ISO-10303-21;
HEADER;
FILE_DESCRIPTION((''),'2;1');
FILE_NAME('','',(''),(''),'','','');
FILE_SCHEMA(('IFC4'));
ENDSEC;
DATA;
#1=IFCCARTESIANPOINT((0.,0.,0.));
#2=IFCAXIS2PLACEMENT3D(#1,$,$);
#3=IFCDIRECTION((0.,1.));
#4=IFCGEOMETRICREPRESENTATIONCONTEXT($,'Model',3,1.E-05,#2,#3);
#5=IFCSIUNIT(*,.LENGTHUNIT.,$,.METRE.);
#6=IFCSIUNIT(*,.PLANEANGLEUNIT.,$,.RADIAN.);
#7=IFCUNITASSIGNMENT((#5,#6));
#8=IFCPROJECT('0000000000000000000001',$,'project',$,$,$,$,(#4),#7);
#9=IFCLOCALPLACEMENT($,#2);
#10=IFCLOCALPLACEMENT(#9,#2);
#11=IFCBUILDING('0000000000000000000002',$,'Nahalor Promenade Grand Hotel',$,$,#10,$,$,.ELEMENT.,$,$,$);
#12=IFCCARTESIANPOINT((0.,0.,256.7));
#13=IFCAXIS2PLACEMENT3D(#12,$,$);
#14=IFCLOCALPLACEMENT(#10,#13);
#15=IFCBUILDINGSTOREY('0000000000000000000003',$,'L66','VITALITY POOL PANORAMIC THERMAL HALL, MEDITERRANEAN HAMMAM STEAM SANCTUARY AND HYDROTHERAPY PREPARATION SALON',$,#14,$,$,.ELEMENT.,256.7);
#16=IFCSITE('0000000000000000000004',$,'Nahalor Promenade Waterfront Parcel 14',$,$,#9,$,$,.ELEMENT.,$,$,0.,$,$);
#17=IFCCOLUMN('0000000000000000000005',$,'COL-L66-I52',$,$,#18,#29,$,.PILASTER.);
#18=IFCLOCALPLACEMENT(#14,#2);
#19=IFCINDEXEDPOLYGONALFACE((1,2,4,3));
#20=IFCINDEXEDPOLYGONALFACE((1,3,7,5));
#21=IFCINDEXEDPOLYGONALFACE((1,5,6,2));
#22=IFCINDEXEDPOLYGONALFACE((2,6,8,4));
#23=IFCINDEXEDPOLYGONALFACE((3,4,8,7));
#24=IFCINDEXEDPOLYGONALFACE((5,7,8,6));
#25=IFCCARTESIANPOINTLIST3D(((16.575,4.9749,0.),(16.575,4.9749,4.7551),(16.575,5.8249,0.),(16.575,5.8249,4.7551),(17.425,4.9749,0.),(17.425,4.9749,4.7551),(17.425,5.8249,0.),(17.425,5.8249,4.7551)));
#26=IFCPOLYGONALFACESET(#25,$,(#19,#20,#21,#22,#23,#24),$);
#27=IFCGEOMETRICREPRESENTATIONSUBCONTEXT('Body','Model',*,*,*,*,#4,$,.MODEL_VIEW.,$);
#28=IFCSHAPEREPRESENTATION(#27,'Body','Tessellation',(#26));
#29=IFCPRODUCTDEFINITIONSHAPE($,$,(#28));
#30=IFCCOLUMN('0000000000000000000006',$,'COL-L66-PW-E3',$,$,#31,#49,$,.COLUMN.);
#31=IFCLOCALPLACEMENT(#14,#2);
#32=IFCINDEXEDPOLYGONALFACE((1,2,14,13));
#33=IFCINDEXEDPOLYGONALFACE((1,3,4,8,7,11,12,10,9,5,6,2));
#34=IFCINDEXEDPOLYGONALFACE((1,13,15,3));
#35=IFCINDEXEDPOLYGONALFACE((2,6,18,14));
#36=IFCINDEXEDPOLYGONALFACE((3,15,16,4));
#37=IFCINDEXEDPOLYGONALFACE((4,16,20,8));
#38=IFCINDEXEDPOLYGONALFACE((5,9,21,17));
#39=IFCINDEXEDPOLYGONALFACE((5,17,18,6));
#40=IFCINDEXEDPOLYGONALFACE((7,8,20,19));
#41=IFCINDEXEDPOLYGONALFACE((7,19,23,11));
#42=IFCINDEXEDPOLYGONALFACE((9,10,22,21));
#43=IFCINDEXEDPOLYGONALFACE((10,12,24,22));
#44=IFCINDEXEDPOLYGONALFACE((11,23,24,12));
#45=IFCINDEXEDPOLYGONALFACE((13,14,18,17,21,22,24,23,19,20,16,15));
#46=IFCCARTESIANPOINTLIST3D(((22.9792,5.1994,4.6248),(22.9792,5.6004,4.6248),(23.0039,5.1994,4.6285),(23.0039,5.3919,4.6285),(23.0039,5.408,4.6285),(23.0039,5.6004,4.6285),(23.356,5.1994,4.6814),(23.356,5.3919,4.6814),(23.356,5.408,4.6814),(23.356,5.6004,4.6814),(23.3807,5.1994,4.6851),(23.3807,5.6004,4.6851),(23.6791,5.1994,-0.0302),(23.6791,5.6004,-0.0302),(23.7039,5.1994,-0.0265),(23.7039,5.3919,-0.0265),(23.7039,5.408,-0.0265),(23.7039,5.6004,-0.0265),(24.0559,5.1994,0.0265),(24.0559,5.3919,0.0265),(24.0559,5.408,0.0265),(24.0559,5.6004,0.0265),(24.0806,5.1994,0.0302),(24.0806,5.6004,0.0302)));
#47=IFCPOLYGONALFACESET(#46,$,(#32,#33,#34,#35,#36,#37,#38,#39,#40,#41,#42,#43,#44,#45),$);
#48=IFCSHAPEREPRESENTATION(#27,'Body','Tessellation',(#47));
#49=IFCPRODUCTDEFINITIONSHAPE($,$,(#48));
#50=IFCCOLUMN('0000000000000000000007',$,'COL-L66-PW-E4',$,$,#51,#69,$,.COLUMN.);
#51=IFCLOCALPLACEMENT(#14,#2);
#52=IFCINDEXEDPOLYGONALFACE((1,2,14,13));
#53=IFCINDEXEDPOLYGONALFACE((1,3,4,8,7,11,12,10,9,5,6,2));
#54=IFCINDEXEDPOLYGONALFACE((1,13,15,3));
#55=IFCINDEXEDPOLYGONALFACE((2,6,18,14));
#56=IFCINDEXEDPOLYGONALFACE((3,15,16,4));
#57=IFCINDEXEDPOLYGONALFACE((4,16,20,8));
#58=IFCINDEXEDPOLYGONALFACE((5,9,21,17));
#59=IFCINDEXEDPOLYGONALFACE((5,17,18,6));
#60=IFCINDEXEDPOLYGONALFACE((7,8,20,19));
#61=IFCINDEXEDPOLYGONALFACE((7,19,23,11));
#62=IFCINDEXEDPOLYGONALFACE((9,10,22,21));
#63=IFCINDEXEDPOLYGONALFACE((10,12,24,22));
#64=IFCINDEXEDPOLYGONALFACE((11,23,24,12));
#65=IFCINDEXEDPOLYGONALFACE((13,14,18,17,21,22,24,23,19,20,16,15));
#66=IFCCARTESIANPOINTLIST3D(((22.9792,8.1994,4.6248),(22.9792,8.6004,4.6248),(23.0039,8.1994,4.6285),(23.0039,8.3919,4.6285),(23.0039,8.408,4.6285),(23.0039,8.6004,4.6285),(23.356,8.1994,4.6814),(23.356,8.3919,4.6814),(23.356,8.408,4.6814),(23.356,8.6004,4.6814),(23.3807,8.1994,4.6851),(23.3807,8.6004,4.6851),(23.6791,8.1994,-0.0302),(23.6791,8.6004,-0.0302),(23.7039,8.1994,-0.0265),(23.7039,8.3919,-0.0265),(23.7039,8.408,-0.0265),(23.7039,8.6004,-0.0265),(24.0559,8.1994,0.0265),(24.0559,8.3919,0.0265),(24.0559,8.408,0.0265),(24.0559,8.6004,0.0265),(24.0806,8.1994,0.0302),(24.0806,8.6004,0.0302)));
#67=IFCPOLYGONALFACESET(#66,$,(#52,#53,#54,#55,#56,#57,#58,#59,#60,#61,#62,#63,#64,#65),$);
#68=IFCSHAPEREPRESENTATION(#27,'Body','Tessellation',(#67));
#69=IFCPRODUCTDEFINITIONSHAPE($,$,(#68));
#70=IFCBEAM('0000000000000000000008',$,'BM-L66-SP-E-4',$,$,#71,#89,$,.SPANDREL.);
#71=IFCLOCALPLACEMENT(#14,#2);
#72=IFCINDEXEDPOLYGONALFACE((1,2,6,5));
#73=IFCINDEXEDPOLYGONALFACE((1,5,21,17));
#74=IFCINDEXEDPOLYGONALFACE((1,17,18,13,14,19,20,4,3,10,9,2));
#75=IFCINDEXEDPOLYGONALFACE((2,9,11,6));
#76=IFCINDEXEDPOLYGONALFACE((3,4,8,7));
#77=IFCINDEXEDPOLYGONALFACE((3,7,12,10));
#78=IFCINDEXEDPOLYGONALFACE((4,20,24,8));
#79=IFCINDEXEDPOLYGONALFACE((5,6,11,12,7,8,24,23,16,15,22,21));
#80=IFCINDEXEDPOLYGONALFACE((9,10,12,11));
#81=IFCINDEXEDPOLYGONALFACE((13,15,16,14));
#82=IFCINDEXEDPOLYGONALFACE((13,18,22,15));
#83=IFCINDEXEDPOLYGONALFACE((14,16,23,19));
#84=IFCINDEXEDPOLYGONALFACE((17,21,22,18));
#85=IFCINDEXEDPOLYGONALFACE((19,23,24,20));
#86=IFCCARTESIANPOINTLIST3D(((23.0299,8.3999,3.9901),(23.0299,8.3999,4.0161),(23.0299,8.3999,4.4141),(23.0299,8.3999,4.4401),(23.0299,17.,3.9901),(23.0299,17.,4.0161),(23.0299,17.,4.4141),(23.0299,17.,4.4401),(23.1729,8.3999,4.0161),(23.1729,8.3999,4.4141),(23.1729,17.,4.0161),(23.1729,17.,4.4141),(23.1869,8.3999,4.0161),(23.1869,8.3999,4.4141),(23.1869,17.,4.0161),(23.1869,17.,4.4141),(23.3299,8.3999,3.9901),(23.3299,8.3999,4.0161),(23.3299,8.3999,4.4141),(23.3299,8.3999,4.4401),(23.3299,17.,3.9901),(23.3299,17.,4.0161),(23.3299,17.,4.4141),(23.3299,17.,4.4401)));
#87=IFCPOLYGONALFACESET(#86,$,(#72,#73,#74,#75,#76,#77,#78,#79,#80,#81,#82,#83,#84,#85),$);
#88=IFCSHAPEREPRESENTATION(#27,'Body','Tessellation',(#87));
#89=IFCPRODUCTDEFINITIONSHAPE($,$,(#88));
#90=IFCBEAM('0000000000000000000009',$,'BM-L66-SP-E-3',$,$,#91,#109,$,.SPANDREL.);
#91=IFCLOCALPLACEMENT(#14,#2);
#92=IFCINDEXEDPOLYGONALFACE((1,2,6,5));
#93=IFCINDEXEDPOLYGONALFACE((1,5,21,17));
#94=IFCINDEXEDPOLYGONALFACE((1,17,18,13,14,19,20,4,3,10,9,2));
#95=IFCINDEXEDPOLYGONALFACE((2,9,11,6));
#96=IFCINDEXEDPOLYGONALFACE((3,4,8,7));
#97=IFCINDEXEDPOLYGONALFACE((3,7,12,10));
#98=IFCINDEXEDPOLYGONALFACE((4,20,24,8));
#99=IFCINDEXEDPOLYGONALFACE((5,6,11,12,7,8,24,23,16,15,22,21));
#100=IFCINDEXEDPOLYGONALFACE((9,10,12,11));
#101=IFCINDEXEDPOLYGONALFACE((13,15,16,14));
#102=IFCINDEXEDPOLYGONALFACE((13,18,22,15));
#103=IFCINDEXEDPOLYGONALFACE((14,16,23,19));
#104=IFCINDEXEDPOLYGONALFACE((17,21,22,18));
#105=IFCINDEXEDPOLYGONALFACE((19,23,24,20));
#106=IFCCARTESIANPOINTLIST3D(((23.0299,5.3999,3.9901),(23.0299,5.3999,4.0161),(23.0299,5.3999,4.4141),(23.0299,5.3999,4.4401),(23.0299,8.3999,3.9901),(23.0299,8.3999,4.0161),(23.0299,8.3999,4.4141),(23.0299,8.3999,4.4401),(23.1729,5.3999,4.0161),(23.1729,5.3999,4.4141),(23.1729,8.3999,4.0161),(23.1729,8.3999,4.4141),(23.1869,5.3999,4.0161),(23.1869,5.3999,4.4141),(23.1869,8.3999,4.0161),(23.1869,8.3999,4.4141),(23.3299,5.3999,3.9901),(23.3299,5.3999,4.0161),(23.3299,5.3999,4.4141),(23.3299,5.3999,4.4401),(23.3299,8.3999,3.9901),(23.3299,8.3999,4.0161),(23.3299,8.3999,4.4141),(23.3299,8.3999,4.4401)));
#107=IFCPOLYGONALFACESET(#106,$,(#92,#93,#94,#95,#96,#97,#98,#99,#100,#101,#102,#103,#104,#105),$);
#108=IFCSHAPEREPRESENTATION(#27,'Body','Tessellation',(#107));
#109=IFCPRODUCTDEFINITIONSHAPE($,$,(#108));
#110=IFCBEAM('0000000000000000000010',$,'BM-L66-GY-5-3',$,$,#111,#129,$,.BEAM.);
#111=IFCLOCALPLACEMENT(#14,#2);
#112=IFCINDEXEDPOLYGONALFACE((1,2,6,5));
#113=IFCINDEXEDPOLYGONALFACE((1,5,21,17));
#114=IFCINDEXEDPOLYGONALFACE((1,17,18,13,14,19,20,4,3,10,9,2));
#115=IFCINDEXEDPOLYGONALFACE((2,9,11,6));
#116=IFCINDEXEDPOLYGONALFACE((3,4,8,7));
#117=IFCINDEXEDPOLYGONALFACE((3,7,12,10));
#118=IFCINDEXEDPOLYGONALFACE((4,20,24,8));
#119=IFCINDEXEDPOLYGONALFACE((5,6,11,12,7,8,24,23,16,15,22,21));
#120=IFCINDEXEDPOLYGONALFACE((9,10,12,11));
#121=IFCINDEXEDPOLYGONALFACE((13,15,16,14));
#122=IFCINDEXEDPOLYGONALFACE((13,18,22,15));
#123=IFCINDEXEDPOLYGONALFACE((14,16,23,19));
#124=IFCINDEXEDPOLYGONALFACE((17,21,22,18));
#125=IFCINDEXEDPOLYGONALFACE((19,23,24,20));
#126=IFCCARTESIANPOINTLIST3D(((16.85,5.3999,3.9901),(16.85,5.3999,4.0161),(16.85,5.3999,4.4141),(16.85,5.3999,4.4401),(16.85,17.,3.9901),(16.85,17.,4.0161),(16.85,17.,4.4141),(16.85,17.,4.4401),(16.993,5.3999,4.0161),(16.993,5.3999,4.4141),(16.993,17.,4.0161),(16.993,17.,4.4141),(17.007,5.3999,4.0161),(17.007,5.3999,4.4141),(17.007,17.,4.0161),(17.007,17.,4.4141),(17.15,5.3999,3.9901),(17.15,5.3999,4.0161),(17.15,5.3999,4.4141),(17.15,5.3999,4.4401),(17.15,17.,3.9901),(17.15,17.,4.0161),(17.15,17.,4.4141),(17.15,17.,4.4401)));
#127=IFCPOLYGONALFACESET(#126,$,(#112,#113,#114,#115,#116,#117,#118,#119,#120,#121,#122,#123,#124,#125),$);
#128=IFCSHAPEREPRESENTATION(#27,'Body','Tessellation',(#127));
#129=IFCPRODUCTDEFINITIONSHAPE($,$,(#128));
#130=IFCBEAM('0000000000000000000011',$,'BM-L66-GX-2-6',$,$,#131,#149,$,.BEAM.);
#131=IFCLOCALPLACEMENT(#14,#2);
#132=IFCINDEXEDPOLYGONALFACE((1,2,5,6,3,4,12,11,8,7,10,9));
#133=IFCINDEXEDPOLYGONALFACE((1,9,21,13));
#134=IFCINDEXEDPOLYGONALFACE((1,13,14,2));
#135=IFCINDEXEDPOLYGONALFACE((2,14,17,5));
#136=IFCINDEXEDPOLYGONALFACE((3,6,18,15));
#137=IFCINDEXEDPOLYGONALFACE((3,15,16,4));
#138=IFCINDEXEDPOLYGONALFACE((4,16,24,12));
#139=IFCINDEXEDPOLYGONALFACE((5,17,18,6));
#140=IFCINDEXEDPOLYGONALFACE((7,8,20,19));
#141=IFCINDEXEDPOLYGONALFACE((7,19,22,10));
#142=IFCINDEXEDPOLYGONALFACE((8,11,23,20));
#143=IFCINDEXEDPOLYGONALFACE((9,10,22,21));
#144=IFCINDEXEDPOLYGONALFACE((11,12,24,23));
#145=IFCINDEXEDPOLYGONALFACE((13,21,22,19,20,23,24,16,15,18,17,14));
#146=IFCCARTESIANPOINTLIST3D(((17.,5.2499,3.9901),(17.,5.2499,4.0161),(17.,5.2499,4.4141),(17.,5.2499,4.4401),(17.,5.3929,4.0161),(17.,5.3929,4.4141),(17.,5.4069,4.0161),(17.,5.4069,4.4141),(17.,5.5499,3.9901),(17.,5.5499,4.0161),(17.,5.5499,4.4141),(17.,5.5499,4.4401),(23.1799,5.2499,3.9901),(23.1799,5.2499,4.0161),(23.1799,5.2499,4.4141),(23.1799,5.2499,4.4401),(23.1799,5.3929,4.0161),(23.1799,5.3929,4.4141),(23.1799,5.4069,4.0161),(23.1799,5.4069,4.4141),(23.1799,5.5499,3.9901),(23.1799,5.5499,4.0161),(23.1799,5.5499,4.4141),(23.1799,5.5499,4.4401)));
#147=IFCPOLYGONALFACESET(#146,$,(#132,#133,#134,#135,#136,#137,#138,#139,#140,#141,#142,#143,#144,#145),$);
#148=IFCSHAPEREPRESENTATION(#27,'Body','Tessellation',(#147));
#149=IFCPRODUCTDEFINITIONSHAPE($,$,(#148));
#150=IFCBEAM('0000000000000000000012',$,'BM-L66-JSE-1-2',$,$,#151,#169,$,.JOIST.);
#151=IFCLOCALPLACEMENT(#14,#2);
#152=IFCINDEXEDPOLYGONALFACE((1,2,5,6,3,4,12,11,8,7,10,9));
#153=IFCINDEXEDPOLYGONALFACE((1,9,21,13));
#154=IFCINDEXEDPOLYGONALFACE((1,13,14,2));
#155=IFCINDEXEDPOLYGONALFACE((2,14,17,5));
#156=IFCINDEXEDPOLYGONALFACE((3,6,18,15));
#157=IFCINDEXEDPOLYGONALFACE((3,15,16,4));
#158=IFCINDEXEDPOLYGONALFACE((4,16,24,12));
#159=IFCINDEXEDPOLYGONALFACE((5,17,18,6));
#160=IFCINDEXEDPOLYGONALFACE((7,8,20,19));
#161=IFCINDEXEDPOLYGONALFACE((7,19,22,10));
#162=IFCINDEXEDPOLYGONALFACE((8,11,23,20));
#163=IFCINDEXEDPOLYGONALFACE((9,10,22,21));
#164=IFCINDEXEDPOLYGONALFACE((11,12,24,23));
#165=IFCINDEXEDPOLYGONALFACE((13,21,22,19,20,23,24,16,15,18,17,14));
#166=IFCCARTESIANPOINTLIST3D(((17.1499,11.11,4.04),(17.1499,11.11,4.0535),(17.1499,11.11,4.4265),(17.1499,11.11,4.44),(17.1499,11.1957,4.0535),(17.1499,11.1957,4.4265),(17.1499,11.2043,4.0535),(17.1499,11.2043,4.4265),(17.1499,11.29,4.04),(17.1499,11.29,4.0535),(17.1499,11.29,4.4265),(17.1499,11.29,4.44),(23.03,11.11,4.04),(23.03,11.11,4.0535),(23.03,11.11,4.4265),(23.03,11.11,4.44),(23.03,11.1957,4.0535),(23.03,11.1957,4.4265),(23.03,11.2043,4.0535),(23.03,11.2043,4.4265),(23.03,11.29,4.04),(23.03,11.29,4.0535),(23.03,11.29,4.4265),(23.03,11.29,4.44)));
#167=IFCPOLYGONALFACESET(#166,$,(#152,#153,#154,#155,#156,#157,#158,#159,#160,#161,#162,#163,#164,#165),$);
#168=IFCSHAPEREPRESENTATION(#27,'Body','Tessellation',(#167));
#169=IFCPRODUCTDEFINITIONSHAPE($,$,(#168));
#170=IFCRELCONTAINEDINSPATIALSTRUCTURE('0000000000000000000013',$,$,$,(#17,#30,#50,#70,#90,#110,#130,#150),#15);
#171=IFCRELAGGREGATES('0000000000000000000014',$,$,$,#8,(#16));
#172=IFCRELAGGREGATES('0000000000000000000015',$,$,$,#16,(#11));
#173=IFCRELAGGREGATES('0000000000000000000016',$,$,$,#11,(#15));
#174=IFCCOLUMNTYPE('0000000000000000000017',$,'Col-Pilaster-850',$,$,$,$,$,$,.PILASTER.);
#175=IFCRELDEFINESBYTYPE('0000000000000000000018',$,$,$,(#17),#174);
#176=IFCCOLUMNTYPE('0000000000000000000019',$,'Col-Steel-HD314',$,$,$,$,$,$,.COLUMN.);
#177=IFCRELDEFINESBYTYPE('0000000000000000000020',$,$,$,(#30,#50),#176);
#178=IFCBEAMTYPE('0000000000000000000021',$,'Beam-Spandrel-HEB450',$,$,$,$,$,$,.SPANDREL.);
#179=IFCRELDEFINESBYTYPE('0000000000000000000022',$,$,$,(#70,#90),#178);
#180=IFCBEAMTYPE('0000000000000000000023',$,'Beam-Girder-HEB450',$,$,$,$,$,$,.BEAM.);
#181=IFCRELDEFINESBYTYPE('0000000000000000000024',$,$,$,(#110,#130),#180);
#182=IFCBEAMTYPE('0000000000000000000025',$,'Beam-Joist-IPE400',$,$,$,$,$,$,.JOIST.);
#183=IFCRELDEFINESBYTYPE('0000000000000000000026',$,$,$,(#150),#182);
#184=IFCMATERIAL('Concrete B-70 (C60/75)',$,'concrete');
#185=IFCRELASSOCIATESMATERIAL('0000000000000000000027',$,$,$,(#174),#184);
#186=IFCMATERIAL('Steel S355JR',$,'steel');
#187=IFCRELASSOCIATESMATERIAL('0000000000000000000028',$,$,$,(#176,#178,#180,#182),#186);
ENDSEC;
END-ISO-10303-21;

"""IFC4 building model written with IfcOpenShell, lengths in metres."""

from ifc_helpers import new_model, si_unit, direction, frame, origin, origin_2d, place, context, subcontext, project, spatial, rectangle, i_section, extrude, source, transform, mapped, material, material_profile, profile_set, type_object, element, save


model = new_model("IFC4")

# Units and contexts
model_context = context("Model", 3, precision=1e-05, world=origin(), true_north=direction((0.0, 1.0)))
body_context = subcontext(model_context, "Body", "Model", "MODEL_VIEW")
ifc_project = project(units=[si_unit("LENGTHUNIT", "METRE"), si_unit("PLANEANGLEUNIT", "RADIAN")], contexts=[model_context])

# Site, building, storey
site_placement = place(None, origin())
site = spatial("IfcSite", under=ifc_project, at=site_placement, Name="Nahalor Promenade Waterfront Parcel 14", CompositionType="ELEMENT", RefElevation=0.0)
building_placement = place(site_placement, origin())
building = spatial("IfcBuilding", under=site, at=building_placement, Name="Nahalor Promenade Grand Hotel", CompositionType="ELEMENT")
storey_placement = place(building_placement, frame((0.0, 0.0, 256.7)))
storey = spatial("IfcBuildingStorey", under=building, at=storey_placement, Name="L66", Description="VITALITY POOL PANORAMIC THERMAL HALL, MEDITERRANEAN HAMMAM STEAM SANCTUARY AND HYDROTHERAPY PREPARATION SALON", CompositionType="ELEMENT", Elevation=256.7)

# Columns
ifc_material_1 = material(Name="Concrete B-70 (C60/75)", Category="concrete")
ifc_material_profile_1 = material_profile(ifc_material_1, rectangle(XDim=0.85, YDim=0.85, at=origin_2d()), Name="RC 850x850")
ifc_profile_set_1 = profile_set([ifc_material_profile_1], Name="Concrete B-70 (C60/75)")
column_type_1 = type_object("IfcColumnType", Name="Col-Pilaster-850", PredefinedType="PILASTER", material=ifc_profile_set_1)
shared_shape_1 = source(origin(), body_context, "Body", "SweptSolid", [
    extrude(rectangle(XDim=0.85, YDim=0.85, at=origin_2d()), origin(), (0.0, 0.0, 1.0), 4.7551),
])
column_placement = place(storey_placement, frame((17.0, 5.3999, 0.0), z_axis=(0.0, 0.0, 1.0), x_axis=(1.0, 0.0, 0.0)))
element("IfcColumn", 1, at=column_placement, inside=storey, type_object=column_type_1, Name="COL-L66-I52", PredefinedType="PILASTER", context=body_context, shape_type="MappedRepresentation", body=[
    mapped(shared_shape_1, transform((0.0, 0.0, 0.0), scale=1.0)),
])
ifc_material_2 = material(Name="Steel S355JR", Category="steel")
ifc_material_profile_2 = material_profile(ifc_material_2, i_section(OverallWidth=0.401, OverallDepth=0.406, WebThickness=0.0161, FlangeThickness=0.025, at=origin_2d()), Name="HD 400x314")
ifc_profile_set_2 = profile_set([ifc_material_profile_2], Name="Steel S355JR")
column_type_2 = type_object("IfcColumnType", Name="Col-Steel-HD314", PredefinedType="COLUMN", material=ifc_profile_set_2)
shared_shape_2 = source(origin(), body_context, "Body", "SweptSolid", [
    extrude(i_section(OverallWidth=0.401, OverallDepth=0.406, WebThickness=0.0161, FlangeThickness=0.025, at=origin_2d()), origin(), (0.0, 0.0, 1.0), 4.7073),
])
for number, where, z_axis, x_axis, name in (
    (2, (23.8799, 5.3999, 0.0), (-0.148693, 0.0, 0.988883), (0.0, -1.0, 0.0), "COL-L66-PW-E3"),
    (3, (23.8799, 8.3999, 0.0), (-0.148693, 0.0, 0.988883), (0.0, -1.0, 0.0), "COL-L66-PW-E4"),
):
    element("IfcColumn", number, at=place(storey_placement, frame(where, z_axis=z_axis, x_axis=x_axis)), inside=storey, type_object=column_type_2, Name=name, PredefinedType="COLUMN", context=body_context, shape_type="MappedRepresentation", body=[
        mapped(shared_shape_2, transform((0.0, 0.0, 0.0), scale=1.0)),
    ])

# Beams
ifc_material_profile_3 = material_profile(ifc_material_2, i_section(OverallWidth=0.3, OverallDepth=0.45, WebThickness=0.014, FlangeThickness=0.026, at=origin_2d()), Name="HEB 450")
ifc_profile_set_3 = profile_set([ifc_material_profile_3], Name="Steel S355JR")
beam_type_1 = type_object("IfcBeamType", Name="Beam-Spandrel-HEB450", PredefinedType="SPANDREL", material=ifc_profile_set_3)
shared_shape_3 = source(origin(), body_context, "Body", "SweptSolid", [
    extrude(i_section(OverallWidth=0.3, OverallDepth=0.45, WebThickness=0.014, FlangeThickness=0.026, at=origin_2d()), origin(), (0.0, 0.0, 1.0), 8.6001),
])
beam_1_placement = place(storey_placement, frame((23.1799, 8.3999, 4.2151), z_axis=(0.0, 1.0, 0.0), x_axis=(-1.0, 0.0, 0.0)))
element("IfcBeam", 4, at=beam_1_placement, inside=storey, type_object=beam_type_1, Name="BM-L66-SP-E-4", PredefinedType="SPANDREL", context=body_context, shape_type="MappedRepresentation", body=[
    mapped(shared_shape_3, transform((0.0, 0.0, 0.0), scale=1.0)),
])
shared_shape_4 = source(origin(), body_context, "Body", "SweptSolid", [
    extrude(i_section(OverallWidth=0.3, OverallDepth=0.45, WebThickness=0.014, FlangeThickness=0.026, at=origin_2d()), origin(), (0.0, 0.0, 1.0), 3.0),
])
beam_2_placement = place(storey_placement, frame((23.1799, 5.3999, 4.2151), z_axis=(0.0, 1.0, 0.0), x_axis=(-1.0, 0.0, 0.0)))
element("IfcBeam", 5, at=beam_2_placement, inside=storey, type_object=beam_type_1, Name="BM-L66-SP-E-3", PredefinedType="SPANDREL", context=body_context, shape_type="MappedRepresentation", body=[
    mapped(shared_shape_4, transform((0.0, 0.0, 0.0), scale=1.0)),
])
ifc_material_profile_4 = material_profile(ifc_material_2, i_section(OverallWidth=0.3, OverallDepth=0.45, WebThickness=0.014, FlangeThickness=0.026, at=origin_2d()), Name="HEB 450")
ifc_profile_set_4 = profile_set([ifc_material_profile_4], Name="Steel S355JR")
beam_type_2 = type_object("IfcBeamType", Name="Beam-Girder-HEB450", PredefinedType="BEAM", material=ifc_profile_set_4)
shared_shape_5 = source(origin(), body_context, "Body", "SweptSolid", [
    extrude(i_section(OverallWidth=0.3, OverallDepth=0.45, WebThickness=0.014, FlangeThickness=0.026, at=origin_2d()), origin(), (0.0, 0.0, 1.0), 11.6001),
])
beam_3_placement = place(storey_placement, frame((17.0, 5.3999, 4.2151), z_axis=(0.0, 1.0, 0.0), x_axis=(-1.0, 0.0, 0.0)))
element("IfcBeam", 6, at=beam_3_placement, inside=storey, type_object=beam_type_2, Name="BM-L66-GY-5-3", PredefinedType="BEAM", context=body_context, shape_type="MappedRepresentation", body=[
    mapped(shared_shape_5, transform((0.0, 0.0, 0.0), scale=1.0)),
])
shared_shape_6 = source(origin(), body_context, "Body", "SweptSolid", [
    extrude(i_section(OverallWidth=0.3, OverallDepth=0.45, WebThickness=0.014, FlangeThickness=0.026, at=origin_2d()), origin(), (0.0, 0.0, 1.0), 6.1799),
])
beam_4_placement = place(storey_placement, frame((17.0, 5.3999, 4.2151), z_axis=(1.0, 0.0, 0.0), x_axis=(0.0, 1.0, 0.0)))
element("IfcBeam", 7, at=beam_4_placement, inside=storey, type_object=beam_type_2, Name="BM-L66-GX-2-6", PredefinedType="BEAM", context=body_context, shape_type="MappedRepresentation", body=[
    mapped(shared_shape_6, transform((0.0, 0.0, 0.0), scale=1.0)),
])
ifc_material_profile_5 = material_profile(ifc_material_2, i_section(OverallWidth=0.18, OverallDepth=0.4, WebThickness=0.0086, FlangeThickness=0.0135, at=origin_2d()), Name="IPE 400")
ifc_profile_set_5 = profile_set([ifc_material_profile_5], Name="Steel S355JR")
beam_type_3 = type_object("IfcBeamType", Name="Beam-Joist-IPE400", PredefinedType="JOIST", material=ifc_profile_set_5)
shared_shape_7 = source(origin(), body_context, "Body", "SweptSolid", [
    extrude(i_section(OverallWidth=0.18, OverallDepth=0.4, WebThickness=0.0086, FlangeThickness=0.0135, at=origin_2d()), origin(), (0.0, 0.0, 1.0), 5.8801),
])
beam_5_placement = place(storey_placement, frame((17.1499, 11.2, 4.24), z_axis=(1.0, 0.0, 0.0), x_axis=(0.0, 1.0, 0.0)))
element("IfcBeam", 8, at=beam_5_placement, inside=storey, type_object=beam_type_3, Name="BM-L66-JSE-1-2", PredefinedType="JOIST", context=body_context, shape_type="MappedRepresentation", body=[
    mapped(shared_shape_7, transform((0.0, 0.0, 0.0), scale=1.0)),
])

save(model, "model.ifc")
